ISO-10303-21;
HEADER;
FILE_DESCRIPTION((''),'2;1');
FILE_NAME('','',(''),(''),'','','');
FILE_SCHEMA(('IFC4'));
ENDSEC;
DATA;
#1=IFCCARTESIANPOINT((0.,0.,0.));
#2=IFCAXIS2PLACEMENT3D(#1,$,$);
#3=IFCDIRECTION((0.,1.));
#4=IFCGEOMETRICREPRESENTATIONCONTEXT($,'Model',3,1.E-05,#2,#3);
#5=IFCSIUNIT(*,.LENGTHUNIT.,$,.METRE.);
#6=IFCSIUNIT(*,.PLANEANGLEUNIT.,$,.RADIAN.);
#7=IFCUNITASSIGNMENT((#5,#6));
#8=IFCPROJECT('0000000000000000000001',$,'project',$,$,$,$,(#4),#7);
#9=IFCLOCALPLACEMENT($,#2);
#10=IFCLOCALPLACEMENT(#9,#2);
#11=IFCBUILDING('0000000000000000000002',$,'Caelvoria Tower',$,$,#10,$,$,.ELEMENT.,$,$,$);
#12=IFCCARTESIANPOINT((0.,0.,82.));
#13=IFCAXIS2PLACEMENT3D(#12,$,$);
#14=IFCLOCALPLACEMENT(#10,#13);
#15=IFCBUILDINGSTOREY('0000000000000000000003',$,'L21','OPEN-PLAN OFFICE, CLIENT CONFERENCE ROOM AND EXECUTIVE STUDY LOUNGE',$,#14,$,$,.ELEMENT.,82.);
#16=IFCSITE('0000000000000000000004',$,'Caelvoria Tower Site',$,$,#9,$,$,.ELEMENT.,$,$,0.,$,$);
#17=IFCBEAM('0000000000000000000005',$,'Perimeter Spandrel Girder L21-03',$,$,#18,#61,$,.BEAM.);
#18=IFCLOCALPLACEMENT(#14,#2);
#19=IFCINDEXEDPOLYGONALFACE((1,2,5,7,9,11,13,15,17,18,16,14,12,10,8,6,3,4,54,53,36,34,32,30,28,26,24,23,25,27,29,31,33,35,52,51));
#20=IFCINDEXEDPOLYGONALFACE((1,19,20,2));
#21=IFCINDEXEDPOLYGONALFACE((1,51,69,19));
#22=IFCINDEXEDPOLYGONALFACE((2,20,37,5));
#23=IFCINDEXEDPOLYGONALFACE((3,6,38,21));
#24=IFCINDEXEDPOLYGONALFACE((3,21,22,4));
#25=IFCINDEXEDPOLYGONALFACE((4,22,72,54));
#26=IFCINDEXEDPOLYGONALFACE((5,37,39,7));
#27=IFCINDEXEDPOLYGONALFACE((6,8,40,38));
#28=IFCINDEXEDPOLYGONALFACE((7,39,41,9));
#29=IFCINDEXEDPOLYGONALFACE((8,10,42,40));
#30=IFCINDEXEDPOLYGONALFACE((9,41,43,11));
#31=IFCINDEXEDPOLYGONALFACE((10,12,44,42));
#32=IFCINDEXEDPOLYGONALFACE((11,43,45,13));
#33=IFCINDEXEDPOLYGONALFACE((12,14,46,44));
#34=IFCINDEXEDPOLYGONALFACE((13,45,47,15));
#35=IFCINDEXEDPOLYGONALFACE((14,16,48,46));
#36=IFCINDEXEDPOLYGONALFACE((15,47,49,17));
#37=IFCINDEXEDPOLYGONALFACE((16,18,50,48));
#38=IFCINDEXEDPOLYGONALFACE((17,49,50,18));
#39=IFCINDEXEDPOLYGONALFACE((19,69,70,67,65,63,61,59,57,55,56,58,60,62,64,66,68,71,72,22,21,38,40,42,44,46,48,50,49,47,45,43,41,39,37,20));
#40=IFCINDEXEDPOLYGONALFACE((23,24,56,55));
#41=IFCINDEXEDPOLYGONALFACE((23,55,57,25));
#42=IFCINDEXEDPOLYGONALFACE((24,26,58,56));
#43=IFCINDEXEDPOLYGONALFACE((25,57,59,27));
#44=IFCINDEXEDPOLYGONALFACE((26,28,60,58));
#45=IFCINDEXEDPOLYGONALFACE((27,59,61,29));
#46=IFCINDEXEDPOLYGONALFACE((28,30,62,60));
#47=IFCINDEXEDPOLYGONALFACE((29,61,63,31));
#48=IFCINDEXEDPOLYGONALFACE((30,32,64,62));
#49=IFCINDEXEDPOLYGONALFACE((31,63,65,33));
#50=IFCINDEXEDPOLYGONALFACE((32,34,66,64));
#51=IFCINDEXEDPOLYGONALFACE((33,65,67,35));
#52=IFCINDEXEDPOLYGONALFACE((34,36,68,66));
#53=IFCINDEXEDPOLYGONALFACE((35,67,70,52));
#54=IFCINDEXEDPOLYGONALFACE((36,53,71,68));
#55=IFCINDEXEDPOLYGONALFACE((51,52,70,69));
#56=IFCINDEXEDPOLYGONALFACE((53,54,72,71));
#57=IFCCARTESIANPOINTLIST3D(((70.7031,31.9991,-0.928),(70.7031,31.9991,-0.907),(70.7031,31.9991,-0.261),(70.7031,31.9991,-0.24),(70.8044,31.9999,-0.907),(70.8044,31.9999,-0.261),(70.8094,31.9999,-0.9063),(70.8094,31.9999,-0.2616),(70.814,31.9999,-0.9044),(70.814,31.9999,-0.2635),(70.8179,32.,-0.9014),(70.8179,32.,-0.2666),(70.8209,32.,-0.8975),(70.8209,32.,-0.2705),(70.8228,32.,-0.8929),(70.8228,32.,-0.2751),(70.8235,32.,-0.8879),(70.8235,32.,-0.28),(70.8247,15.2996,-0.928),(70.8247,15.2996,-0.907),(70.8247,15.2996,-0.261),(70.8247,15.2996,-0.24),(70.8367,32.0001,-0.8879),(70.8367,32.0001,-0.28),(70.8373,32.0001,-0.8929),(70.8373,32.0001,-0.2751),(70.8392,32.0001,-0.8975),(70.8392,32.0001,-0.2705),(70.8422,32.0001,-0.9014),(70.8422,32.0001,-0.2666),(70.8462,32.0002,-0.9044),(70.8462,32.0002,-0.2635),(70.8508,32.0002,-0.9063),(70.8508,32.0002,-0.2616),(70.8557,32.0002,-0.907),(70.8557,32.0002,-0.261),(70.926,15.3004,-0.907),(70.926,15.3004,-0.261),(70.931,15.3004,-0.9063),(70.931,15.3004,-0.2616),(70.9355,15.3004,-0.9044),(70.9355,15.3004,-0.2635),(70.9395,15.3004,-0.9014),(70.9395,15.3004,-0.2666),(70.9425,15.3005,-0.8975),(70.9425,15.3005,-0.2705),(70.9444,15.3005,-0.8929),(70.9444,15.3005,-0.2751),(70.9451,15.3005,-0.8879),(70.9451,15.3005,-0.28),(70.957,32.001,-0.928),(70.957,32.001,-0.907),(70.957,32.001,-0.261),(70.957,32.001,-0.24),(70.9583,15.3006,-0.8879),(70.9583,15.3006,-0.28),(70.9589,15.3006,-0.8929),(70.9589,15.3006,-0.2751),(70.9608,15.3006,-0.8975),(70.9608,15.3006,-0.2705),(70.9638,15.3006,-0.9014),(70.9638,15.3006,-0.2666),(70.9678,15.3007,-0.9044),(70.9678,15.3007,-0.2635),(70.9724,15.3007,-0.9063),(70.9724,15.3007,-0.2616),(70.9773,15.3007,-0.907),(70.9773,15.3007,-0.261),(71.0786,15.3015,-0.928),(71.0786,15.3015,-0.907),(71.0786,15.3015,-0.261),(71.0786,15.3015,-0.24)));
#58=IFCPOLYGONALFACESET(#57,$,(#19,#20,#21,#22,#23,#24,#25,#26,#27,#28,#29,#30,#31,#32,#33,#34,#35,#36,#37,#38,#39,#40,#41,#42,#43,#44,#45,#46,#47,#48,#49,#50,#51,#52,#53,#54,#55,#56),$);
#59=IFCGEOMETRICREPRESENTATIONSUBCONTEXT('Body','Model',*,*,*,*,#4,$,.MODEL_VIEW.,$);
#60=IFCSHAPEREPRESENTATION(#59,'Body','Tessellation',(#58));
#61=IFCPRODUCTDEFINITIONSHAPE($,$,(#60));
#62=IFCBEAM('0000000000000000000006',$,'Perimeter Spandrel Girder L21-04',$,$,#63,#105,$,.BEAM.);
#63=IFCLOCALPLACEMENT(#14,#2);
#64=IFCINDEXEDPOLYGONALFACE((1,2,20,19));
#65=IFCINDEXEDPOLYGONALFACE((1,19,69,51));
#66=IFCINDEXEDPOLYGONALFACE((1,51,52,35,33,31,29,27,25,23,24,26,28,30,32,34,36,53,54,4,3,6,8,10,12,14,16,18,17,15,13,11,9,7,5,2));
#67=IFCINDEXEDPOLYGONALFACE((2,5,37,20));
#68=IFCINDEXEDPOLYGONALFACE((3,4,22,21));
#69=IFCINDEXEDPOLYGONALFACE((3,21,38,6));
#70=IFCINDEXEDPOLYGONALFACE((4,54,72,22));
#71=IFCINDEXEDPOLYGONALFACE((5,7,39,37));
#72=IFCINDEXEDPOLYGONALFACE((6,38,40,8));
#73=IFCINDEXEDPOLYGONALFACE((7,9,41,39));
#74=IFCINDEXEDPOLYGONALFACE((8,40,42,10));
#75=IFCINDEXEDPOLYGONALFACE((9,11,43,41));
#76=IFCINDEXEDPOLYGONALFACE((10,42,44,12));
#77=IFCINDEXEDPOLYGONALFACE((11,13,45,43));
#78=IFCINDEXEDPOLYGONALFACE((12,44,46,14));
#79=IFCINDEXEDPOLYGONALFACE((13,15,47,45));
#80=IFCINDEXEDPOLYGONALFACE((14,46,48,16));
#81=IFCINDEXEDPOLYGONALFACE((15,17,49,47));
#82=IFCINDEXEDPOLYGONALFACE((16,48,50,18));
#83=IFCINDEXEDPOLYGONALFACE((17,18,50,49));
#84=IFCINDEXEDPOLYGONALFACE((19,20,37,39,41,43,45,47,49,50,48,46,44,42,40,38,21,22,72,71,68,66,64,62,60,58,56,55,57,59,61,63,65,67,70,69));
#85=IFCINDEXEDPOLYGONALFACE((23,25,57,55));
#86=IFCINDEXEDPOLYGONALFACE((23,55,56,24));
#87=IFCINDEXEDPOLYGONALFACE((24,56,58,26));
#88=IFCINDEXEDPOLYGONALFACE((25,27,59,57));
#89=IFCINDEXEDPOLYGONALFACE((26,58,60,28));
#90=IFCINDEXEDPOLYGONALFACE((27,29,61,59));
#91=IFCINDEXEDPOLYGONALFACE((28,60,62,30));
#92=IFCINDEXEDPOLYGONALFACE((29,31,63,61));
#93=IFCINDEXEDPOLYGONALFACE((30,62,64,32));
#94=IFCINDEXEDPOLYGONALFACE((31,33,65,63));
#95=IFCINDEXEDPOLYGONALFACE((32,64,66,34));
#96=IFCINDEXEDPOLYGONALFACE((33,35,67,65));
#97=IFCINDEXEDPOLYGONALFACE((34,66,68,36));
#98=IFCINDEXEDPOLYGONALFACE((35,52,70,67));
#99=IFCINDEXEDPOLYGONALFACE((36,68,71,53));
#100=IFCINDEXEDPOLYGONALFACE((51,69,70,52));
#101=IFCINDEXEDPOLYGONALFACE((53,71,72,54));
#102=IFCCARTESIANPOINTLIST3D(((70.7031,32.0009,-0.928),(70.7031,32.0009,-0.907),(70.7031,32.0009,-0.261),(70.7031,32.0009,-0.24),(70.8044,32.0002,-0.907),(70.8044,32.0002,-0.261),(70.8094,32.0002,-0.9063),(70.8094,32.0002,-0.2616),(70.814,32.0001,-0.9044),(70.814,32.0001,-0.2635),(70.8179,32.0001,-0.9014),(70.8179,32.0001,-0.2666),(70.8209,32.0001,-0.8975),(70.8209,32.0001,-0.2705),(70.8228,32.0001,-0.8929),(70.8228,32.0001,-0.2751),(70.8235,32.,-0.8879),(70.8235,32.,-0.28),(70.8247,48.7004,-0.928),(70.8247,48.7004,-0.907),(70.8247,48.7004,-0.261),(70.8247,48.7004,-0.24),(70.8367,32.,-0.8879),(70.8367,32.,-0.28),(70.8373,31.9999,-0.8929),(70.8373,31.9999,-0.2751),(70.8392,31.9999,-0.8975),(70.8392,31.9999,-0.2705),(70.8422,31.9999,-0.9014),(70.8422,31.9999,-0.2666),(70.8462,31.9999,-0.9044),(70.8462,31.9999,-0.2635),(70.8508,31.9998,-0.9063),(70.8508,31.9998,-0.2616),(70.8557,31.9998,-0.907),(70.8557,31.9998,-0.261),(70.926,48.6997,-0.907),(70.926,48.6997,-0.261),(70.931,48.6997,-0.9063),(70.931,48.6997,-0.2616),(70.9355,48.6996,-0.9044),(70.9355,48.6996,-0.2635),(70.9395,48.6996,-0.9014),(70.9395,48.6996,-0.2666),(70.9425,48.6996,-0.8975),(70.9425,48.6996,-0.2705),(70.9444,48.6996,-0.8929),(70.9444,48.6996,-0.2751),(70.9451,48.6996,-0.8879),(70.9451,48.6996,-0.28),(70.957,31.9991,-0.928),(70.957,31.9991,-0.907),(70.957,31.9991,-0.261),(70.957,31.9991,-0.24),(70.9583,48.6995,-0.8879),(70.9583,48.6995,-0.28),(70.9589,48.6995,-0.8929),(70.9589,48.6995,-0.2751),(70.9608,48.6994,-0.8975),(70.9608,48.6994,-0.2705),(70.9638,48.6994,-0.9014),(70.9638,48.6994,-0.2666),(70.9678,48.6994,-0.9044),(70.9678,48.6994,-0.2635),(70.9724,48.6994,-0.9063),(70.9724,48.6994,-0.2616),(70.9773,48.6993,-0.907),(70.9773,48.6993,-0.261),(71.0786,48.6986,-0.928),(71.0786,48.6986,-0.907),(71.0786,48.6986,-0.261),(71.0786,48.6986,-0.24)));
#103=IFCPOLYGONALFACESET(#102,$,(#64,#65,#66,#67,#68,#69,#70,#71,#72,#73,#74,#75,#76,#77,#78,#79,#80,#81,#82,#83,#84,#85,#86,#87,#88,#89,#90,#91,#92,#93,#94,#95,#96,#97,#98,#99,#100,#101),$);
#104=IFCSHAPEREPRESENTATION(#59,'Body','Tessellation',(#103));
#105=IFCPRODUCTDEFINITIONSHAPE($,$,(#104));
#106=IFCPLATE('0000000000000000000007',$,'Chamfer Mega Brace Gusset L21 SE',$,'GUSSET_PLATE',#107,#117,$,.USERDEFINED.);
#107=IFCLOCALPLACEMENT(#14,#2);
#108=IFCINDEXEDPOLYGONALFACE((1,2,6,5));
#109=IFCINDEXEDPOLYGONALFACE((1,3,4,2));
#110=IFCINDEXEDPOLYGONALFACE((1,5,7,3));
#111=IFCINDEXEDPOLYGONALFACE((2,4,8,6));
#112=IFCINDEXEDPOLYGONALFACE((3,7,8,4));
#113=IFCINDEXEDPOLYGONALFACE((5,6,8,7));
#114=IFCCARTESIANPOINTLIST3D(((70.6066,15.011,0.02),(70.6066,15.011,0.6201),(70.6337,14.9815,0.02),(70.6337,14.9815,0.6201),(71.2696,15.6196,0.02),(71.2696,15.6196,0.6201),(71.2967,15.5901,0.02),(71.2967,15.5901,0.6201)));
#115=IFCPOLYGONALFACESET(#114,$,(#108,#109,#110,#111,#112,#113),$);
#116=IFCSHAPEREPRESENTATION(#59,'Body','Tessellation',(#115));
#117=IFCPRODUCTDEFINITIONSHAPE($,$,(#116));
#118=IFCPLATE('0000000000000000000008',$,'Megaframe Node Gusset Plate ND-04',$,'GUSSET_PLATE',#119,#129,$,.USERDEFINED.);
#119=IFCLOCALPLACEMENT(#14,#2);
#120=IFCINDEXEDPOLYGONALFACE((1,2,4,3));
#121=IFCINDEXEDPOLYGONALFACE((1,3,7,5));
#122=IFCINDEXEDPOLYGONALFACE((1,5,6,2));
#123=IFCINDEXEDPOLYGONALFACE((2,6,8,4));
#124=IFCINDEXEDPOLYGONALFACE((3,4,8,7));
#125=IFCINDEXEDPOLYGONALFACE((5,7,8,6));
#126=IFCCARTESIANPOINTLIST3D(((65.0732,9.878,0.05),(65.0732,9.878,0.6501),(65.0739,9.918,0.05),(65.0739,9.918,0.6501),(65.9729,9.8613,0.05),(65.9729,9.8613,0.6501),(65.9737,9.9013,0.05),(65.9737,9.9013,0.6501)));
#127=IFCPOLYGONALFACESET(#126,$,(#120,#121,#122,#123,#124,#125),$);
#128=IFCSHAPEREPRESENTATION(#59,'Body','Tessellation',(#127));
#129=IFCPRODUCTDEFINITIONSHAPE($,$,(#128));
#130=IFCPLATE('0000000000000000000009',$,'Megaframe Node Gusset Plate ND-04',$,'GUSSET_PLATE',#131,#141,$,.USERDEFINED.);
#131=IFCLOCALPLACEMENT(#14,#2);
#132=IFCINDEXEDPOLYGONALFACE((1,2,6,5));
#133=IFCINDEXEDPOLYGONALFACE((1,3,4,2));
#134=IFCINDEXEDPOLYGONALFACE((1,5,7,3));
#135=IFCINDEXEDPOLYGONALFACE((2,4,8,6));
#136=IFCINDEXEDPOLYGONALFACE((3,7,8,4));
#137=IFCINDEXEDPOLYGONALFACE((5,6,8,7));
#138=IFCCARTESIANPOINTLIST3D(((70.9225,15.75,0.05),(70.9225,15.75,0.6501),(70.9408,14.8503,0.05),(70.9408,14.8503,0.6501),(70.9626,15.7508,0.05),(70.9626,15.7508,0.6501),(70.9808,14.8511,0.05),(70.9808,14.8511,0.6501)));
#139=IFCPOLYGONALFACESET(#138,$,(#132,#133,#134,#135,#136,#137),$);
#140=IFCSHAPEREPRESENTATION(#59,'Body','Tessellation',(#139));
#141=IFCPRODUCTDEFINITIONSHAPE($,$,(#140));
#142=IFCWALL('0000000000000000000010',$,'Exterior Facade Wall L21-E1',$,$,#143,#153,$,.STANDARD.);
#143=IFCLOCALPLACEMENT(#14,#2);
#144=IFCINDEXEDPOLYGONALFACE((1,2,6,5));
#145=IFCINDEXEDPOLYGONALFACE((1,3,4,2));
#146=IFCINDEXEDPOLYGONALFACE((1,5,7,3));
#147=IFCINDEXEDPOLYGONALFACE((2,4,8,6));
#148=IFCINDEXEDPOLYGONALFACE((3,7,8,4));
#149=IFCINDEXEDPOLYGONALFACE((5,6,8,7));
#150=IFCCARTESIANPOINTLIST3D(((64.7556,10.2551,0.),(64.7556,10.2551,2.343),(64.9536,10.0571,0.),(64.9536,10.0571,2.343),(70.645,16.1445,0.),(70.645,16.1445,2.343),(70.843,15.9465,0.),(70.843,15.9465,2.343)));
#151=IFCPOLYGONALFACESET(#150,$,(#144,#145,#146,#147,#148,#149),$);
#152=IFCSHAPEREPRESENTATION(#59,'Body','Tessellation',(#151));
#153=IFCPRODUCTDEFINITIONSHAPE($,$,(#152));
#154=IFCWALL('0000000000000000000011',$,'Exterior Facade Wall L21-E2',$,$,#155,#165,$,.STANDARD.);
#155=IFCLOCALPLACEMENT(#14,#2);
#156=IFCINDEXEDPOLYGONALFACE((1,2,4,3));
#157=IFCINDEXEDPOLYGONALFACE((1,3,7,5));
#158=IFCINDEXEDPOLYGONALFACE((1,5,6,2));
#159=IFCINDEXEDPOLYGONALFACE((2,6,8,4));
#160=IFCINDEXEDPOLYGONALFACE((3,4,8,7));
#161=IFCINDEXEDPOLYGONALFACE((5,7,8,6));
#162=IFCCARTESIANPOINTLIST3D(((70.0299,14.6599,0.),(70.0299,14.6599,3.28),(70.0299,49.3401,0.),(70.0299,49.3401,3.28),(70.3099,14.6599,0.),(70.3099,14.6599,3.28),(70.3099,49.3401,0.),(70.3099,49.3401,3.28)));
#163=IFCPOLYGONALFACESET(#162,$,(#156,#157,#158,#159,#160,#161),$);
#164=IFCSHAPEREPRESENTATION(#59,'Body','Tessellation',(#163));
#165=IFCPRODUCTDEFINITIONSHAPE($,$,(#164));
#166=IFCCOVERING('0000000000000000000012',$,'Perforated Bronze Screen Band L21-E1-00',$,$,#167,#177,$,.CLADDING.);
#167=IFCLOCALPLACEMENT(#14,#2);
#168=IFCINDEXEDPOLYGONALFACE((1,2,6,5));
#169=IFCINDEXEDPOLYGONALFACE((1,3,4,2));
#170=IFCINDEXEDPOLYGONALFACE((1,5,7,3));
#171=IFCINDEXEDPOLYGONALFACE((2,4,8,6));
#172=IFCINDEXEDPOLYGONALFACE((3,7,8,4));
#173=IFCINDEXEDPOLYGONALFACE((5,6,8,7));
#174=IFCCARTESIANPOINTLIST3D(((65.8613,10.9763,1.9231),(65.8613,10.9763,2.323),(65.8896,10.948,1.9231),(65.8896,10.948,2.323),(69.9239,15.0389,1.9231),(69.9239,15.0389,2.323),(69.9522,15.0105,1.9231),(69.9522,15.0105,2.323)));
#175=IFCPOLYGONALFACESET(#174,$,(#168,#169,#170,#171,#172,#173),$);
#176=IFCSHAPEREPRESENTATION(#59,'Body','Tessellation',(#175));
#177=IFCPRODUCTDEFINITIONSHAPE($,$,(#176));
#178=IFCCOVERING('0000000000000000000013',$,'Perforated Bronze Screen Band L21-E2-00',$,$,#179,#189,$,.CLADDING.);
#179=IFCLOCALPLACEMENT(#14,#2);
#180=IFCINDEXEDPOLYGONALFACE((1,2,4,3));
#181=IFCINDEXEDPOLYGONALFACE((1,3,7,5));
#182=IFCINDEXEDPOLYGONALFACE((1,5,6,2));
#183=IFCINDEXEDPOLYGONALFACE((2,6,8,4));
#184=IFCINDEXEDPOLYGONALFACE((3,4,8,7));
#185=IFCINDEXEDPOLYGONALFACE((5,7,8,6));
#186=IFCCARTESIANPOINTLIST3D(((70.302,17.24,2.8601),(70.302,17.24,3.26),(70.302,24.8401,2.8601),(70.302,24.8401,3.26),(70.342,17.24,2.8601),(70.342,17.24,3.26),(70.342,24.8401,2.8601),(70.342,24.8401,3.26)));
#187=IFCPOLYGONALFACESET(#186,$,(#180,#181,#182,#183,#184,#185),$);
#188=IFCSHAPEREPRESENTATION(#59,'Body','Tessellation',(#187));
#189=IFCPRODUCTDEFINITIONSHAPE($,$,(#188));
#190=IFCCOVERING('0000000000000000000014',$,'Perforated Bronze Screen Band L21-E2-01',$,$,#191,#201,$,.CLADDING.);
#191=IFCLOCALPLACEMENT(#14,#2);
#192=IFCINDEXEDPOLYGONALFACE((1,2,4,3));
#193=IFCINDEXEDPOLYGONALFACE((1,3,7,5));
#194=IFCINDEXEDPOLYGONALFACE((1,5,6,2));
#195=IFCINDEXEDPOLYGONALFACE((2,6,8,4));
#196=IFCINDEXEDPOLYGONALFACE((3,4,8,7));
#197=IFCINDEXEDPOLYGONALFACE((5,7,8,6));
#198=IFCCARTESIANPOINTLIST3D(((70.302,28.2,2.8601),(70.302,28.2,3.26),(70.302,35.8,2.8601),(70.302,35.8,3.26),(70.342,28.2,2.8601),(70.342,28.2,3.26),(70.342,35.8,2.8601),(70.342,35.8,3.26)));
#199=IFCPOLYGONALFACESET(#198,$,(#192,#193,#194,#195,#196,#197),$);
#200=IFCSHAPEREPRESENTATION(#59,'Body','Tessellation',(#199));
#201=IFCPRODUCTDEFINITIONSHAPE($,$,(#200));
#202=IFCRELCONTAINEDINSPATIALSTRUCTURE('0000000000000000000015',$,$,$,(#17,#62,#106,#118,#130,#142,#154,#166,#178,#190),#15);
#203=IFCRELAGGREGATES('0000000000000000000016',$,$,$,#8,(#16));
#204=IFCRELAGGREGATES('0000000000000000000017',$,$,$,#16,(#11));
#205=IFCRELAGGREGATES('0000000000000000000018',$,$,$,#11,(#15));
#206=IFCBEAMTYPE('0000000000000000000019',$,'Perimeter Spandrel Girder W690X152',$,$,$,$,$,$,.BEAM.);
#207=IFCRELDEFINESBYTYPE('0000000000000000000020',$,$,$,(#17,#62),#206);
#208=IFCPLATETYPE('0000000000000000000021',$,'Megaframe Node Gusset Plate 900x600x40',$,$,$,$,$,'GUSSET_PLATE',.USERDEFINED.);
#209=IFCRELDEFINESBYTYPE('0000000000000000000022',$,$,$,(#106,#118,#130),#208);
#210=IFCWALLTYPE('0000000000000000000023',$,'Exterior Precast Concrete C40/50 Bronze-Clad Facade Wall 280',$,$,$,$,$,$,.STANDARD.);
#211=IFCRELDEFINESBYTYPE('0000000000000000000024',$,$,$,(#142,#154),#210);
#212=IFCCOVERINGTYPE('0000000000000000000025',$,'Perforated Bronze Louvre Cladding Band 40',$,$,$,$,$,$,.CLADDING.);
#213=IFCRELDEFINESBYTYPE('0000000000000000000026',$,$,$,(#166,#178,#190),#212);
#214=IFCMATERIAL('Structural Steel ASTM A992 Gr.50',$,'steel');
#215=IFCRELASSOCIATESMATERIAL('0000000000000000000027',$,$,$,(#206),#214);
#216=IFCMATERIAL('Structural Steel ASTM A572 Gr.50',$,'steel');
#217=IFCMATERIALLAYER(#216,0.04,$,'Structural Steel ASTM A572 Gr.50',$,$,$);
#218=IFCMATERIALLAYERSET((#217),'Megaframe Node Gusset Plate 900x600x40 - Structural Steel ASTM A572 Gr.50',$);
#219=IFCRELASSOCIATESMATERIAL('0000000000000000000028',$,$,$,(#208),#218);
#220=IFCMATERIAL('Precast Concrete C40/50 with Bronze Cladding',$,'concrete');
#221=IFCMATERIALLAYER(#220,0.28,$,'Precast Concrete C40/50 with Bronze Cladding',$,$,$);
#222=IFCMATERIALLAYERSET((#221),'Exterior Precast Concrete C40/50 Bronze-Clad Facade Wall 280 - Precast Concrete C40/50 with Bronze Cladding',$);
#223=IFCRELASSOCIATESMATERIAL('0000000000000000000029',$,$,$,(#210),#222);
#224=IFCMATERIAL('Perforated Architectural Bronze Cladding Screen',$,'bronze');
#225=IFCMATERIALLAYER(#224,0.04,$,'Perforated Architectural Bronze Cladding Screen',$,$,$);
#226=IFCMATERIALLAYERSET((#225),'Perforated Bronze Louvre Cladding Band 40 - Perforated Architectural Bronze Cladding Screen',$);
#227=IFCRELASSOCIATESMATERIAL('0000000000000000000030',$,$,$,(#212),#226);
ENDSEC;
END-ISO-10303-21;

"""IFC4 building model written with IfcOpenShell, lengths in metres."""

from ifc_helpers import new_model, si_unit, direction, frame, frame_2d, origin, origin_2d, place, context, subcontext, project, spatial, rectangle, i_section, extrude, material, layer, layer_set, material_profile, profile_set, type_object, element, save


model = new_model("IFC4")

# Units and contexts
model_context = context("Model", 3, precision=1e-05, world=origin(), true_north=direction((0.0, 1.0)))
body_context = subcontext(model_context, "Body", "Model", "MODEL_VIEW")
ifc_project = project(units=[si_unit("LENGTHUNIT", "METRE"), si_unit("PLANEANGLEUNIT", "RADIAN")], contexts=[model_context])

# Site, building, storey
site_placement = place(None, origin())
site = spatial("IfcSite", under=ifc_project, at=site_placement, Name="Caelvoria Tower Site", CompositionType="ELEMENT", RefElevation=0.0)
building_placement = place(site_placement, origin())
building = spatial("IfcBuilding", under=site, at=building_placement, Name="Caelvoria Tower", CompositionType="ELEMENT")
storey_placement = place(building_placement, frame((0.0, 0.0, 82.0)))
storey = spatial("IfcBuildingStorey", under=building, at=storey_placement, Name="L21", Description="OPEN-PLAN OFFICE, CLIENT CONFERENCE ROOM AND EXECUTIVE STUDY LOUNGE", CompositionType="ELEMENT", Elevation=82.0)

# Shared definitions
ifc_material_1 = material(Name="Structural Steel ASTM A572 Gr.50", Category="steel")

# Beams
ifc_material_2 = material(Name="Structural Steel ASTM A992 Gr.50", Category="steel")
ifc_material_profile_1 = material_profile(ifc_material_2, i_section(OverallWidth=0.2539, OverallDepth=0.688, WebThickness=0.0132, FlangeThickness=0.021, FilletRadius=0.019, at=origin_2d()), Name="Structural Steel ASTM A992 Gr.50")
ifc_profile_set_1 = profile_set([ifc_material_profile_1], Name="W690X152 - Structural Steel ASTM A992 Gr.50")
beam_type = type_object("IfcBeamType", Name="Perimeter Spandrel Girder W690X152", PredefinedType="BEAM", material=ifc_profile_set_1)
for number, where, z_axis, x_axis, name in (
    (1, (70.9517, 15.3005, -0.584), (-0.00728, 0.999973, 0.0), (-0.999973, -0.00728, 0.0), "Perimeter Spandrel Girder L21-03"),
    (2, (70.8301, 32.0, -0.584), (0.00728, 0.999973, 0.0), (-0.999973, 0.00728, 0.0), "Perimeter Spandrel Girder L21-04"),
):
    element("IfcBeam", number, at=place(storey_placement, frame(where, z_axis=z_axis, x_axis=x_axis)), inside=storey, type_object=beam_type, Name=name, PredefinedType="BEAM", context=body_context, shape_type="SweptSolid", body=[
        extrude(i_section(OverallWidth=0.2539, OverallDepth=0.688, WebThickness=0.0132, FlangeThickness=0.021, FilletRadius=0.019, at=origin_2d()), origin(), (0.0, 0.0, 1.0), 16.7),
    ])

# Plates
ifc_layer_1 = layer(ifc_material_1, 0.04, Name="Structural Steel ASTM A572 Gr.50")
ifc_layer_set_1 = layer_set([ifc_layer_1], Name="Megaframe Node Gusset Plate 900x600x40 - Structural Steel ASTM A572 Gr.50")
plate_type = type_object("IfcPlateType", Name="Megaframe Node Gusset Plate 900x600x40", ElementType="GUSSET_PLATE", PredefinedType="USERDEFINED", material=ifc_layer_set_1)
for number, where, z_axis, x_axis, name in (
    (3, (70.9517, 15.3005, 0.02), (0.0, 0.0, 1.0), (-0.736686, -0.676235, 0.0), "Chamfer Mega Brace Gusset L21 SE"),
    (4, (65.5234, 9.8896, 0.05), (0.0, 0.0, 1.0), (-0.999827, 0.01862, 0.0), "Megaframe Node Gusset Plate ND-04"),
    (5, (70.9517, 15.3005, 0.05), (0.0, 0.0, 1.0), (-0.020253, 0.999795, 0.0), "Megaframe Node Gusset Plate ND-04"),
):
    element("IfcPlate", number, at=place(storey_placement, frame(where, z_axis=z_axis, x_axis=x_axis)), inside=storey, type_object=plate_type, Name=name, ObjectType="GUSSET_PLATE", PredefinedType="USERDEFINED", context=body_context, shape_type="SweptSolid", body=[
        extrude(rectangle(XDim=0.8999, YDim=0.04, at=origin_2d()), origin(), (0.0, 0.0, 1.0), 0.6001),
    ])

# Walls
ifc_material_3 = material(Name="Precast Concrete C40/50 with Bronze Cladding", Category="concrete")
ifc_layer_2 = layer(ifc_material_3, 0.28, Name="Precast Concrete C40/50 with Bronze Cladding")
ifc_layer_set_2 = layer_set([ifc_layer_2], Name="Exterior Precast Concrete C40/50 Bronze-Clad Facade Wall 280 - Precast Concrete C40/50 with Bronze Cladding")
wall_type = type_object("IfcWallType", Name="Exterior Precast Concrete C40/50 Bronze-Clad Facade Wall 280", PredefinedType="STANDARD", material=ifc_layer_set_2)
wall_1_placement = place(storey_placement, frame((64.8545, 10.156, 0.0), z_axis=(0.0, 0.0, 1.0), x_axis=(0.707107, 0.707107, 0.0)))
element("IfcWall", 6, at=wall_1_placement, inside=storey, type_object=wall_type, Name="Exterior Facade Wall L21-E1", PredefinedType="STANDARD", context=body_context, shape_type="SweptSolid", body=[
    extrude(rectangle(XDim=8.3289, YDim=0.28, at=frame_2d((4.1646, 0.0))), origin(), (0.0, 0.0, 1.0), 2.343),
])
wall_2_placement = place(storey_placement, frame((70.1699, 14.6599, 0.0), z_axis=(0.0, 0.0, 1.0), x_axis=(0.0, 1.0, 0.0)))
element("IfcWall", 7, at=wall_2_placement, inside=storey, type_object=wall_type, Name="Exterior Facade Wall L21-E2", PredefinedType="STANDARD", context=body_context, shape_type="SweptSolid", body=[
    extrude(rectangle(XDim=34.6802, YDim=0.28, at=frame_2d((17.3401, 0.0))), origin(), (0.0, 0.0, 1.0), 3.28),
])

# Coverings
ifc_material_4 = material(Name="Perforated Architectural Bronze Cladding Screen", Category="bronze")
ifc_layer_3 = layer(ifc_material_4, 0.04, Name="Perforated Architectural Bronze Cladding Screen")
ifc_layer_set_3 = layer_set([ifc_layer_3], Name="Perforated Bronze Louvre Cladding Band 40 - Perforated Architectural Bronze Cladding Screen")
covering_type = type_object("IfcCoveringType", Name="Perforated Bronze Louvre Cladding Band 40", PredefinedType="CLADDING", material=ifc_layer_set_3)
covering_placement = place(storey_placement, frame((67.9067, 12.9934, 1.9231), z_axis=(0.0, 0.0, 1.0), x_axis=(0.707107, 0.707107, 0.0)))
element("IfcCovering", 8, at=covering_placement, inside=storey, type_object=covering_type, Name="Perforated Bronze Screen Band L21-E1-00", PredefinedType="CLADDING", context=body_context, shape_type="SweptSolid", body=[
    extrude(rectangle(XDim=5.7454, YDim=0.04, at=origin_2d()), origin(), (0.0, 0.0, 1.0), 0.3999),
])
for number, where, z_axis, x_axis, name in (
    (9, (70.322, 21.04, 2.8601), (0.0, 0.0, 1.0), (0.0, 1.0, 0.0), "Perforated Bronze Screen Band L21-E2-00"),
    (10, (70.322, 32.0, 2.8601), (0.0, 0.0, 1.0), (0.0, 1.0, 0.0), "Perforated Bronze Screen Band L21-E2-01"),
):
    element("IfcCovering", number, at=place(storey_placement, frame(where, z_axis=z_axis, x_axis=x_axis)), inside=storey, type_object=covering_type, Name=name, PredefinedType="CLADDING", context=body_context, shape_type="SweptSolid", body=[
        extrude(rectangle(XDim=7.6001, YDim=0.04, at=origin_2d()), origin(), (0.0, 0.0, 1.0), 0.3999),
    ])

save(model, "model.ifc")
